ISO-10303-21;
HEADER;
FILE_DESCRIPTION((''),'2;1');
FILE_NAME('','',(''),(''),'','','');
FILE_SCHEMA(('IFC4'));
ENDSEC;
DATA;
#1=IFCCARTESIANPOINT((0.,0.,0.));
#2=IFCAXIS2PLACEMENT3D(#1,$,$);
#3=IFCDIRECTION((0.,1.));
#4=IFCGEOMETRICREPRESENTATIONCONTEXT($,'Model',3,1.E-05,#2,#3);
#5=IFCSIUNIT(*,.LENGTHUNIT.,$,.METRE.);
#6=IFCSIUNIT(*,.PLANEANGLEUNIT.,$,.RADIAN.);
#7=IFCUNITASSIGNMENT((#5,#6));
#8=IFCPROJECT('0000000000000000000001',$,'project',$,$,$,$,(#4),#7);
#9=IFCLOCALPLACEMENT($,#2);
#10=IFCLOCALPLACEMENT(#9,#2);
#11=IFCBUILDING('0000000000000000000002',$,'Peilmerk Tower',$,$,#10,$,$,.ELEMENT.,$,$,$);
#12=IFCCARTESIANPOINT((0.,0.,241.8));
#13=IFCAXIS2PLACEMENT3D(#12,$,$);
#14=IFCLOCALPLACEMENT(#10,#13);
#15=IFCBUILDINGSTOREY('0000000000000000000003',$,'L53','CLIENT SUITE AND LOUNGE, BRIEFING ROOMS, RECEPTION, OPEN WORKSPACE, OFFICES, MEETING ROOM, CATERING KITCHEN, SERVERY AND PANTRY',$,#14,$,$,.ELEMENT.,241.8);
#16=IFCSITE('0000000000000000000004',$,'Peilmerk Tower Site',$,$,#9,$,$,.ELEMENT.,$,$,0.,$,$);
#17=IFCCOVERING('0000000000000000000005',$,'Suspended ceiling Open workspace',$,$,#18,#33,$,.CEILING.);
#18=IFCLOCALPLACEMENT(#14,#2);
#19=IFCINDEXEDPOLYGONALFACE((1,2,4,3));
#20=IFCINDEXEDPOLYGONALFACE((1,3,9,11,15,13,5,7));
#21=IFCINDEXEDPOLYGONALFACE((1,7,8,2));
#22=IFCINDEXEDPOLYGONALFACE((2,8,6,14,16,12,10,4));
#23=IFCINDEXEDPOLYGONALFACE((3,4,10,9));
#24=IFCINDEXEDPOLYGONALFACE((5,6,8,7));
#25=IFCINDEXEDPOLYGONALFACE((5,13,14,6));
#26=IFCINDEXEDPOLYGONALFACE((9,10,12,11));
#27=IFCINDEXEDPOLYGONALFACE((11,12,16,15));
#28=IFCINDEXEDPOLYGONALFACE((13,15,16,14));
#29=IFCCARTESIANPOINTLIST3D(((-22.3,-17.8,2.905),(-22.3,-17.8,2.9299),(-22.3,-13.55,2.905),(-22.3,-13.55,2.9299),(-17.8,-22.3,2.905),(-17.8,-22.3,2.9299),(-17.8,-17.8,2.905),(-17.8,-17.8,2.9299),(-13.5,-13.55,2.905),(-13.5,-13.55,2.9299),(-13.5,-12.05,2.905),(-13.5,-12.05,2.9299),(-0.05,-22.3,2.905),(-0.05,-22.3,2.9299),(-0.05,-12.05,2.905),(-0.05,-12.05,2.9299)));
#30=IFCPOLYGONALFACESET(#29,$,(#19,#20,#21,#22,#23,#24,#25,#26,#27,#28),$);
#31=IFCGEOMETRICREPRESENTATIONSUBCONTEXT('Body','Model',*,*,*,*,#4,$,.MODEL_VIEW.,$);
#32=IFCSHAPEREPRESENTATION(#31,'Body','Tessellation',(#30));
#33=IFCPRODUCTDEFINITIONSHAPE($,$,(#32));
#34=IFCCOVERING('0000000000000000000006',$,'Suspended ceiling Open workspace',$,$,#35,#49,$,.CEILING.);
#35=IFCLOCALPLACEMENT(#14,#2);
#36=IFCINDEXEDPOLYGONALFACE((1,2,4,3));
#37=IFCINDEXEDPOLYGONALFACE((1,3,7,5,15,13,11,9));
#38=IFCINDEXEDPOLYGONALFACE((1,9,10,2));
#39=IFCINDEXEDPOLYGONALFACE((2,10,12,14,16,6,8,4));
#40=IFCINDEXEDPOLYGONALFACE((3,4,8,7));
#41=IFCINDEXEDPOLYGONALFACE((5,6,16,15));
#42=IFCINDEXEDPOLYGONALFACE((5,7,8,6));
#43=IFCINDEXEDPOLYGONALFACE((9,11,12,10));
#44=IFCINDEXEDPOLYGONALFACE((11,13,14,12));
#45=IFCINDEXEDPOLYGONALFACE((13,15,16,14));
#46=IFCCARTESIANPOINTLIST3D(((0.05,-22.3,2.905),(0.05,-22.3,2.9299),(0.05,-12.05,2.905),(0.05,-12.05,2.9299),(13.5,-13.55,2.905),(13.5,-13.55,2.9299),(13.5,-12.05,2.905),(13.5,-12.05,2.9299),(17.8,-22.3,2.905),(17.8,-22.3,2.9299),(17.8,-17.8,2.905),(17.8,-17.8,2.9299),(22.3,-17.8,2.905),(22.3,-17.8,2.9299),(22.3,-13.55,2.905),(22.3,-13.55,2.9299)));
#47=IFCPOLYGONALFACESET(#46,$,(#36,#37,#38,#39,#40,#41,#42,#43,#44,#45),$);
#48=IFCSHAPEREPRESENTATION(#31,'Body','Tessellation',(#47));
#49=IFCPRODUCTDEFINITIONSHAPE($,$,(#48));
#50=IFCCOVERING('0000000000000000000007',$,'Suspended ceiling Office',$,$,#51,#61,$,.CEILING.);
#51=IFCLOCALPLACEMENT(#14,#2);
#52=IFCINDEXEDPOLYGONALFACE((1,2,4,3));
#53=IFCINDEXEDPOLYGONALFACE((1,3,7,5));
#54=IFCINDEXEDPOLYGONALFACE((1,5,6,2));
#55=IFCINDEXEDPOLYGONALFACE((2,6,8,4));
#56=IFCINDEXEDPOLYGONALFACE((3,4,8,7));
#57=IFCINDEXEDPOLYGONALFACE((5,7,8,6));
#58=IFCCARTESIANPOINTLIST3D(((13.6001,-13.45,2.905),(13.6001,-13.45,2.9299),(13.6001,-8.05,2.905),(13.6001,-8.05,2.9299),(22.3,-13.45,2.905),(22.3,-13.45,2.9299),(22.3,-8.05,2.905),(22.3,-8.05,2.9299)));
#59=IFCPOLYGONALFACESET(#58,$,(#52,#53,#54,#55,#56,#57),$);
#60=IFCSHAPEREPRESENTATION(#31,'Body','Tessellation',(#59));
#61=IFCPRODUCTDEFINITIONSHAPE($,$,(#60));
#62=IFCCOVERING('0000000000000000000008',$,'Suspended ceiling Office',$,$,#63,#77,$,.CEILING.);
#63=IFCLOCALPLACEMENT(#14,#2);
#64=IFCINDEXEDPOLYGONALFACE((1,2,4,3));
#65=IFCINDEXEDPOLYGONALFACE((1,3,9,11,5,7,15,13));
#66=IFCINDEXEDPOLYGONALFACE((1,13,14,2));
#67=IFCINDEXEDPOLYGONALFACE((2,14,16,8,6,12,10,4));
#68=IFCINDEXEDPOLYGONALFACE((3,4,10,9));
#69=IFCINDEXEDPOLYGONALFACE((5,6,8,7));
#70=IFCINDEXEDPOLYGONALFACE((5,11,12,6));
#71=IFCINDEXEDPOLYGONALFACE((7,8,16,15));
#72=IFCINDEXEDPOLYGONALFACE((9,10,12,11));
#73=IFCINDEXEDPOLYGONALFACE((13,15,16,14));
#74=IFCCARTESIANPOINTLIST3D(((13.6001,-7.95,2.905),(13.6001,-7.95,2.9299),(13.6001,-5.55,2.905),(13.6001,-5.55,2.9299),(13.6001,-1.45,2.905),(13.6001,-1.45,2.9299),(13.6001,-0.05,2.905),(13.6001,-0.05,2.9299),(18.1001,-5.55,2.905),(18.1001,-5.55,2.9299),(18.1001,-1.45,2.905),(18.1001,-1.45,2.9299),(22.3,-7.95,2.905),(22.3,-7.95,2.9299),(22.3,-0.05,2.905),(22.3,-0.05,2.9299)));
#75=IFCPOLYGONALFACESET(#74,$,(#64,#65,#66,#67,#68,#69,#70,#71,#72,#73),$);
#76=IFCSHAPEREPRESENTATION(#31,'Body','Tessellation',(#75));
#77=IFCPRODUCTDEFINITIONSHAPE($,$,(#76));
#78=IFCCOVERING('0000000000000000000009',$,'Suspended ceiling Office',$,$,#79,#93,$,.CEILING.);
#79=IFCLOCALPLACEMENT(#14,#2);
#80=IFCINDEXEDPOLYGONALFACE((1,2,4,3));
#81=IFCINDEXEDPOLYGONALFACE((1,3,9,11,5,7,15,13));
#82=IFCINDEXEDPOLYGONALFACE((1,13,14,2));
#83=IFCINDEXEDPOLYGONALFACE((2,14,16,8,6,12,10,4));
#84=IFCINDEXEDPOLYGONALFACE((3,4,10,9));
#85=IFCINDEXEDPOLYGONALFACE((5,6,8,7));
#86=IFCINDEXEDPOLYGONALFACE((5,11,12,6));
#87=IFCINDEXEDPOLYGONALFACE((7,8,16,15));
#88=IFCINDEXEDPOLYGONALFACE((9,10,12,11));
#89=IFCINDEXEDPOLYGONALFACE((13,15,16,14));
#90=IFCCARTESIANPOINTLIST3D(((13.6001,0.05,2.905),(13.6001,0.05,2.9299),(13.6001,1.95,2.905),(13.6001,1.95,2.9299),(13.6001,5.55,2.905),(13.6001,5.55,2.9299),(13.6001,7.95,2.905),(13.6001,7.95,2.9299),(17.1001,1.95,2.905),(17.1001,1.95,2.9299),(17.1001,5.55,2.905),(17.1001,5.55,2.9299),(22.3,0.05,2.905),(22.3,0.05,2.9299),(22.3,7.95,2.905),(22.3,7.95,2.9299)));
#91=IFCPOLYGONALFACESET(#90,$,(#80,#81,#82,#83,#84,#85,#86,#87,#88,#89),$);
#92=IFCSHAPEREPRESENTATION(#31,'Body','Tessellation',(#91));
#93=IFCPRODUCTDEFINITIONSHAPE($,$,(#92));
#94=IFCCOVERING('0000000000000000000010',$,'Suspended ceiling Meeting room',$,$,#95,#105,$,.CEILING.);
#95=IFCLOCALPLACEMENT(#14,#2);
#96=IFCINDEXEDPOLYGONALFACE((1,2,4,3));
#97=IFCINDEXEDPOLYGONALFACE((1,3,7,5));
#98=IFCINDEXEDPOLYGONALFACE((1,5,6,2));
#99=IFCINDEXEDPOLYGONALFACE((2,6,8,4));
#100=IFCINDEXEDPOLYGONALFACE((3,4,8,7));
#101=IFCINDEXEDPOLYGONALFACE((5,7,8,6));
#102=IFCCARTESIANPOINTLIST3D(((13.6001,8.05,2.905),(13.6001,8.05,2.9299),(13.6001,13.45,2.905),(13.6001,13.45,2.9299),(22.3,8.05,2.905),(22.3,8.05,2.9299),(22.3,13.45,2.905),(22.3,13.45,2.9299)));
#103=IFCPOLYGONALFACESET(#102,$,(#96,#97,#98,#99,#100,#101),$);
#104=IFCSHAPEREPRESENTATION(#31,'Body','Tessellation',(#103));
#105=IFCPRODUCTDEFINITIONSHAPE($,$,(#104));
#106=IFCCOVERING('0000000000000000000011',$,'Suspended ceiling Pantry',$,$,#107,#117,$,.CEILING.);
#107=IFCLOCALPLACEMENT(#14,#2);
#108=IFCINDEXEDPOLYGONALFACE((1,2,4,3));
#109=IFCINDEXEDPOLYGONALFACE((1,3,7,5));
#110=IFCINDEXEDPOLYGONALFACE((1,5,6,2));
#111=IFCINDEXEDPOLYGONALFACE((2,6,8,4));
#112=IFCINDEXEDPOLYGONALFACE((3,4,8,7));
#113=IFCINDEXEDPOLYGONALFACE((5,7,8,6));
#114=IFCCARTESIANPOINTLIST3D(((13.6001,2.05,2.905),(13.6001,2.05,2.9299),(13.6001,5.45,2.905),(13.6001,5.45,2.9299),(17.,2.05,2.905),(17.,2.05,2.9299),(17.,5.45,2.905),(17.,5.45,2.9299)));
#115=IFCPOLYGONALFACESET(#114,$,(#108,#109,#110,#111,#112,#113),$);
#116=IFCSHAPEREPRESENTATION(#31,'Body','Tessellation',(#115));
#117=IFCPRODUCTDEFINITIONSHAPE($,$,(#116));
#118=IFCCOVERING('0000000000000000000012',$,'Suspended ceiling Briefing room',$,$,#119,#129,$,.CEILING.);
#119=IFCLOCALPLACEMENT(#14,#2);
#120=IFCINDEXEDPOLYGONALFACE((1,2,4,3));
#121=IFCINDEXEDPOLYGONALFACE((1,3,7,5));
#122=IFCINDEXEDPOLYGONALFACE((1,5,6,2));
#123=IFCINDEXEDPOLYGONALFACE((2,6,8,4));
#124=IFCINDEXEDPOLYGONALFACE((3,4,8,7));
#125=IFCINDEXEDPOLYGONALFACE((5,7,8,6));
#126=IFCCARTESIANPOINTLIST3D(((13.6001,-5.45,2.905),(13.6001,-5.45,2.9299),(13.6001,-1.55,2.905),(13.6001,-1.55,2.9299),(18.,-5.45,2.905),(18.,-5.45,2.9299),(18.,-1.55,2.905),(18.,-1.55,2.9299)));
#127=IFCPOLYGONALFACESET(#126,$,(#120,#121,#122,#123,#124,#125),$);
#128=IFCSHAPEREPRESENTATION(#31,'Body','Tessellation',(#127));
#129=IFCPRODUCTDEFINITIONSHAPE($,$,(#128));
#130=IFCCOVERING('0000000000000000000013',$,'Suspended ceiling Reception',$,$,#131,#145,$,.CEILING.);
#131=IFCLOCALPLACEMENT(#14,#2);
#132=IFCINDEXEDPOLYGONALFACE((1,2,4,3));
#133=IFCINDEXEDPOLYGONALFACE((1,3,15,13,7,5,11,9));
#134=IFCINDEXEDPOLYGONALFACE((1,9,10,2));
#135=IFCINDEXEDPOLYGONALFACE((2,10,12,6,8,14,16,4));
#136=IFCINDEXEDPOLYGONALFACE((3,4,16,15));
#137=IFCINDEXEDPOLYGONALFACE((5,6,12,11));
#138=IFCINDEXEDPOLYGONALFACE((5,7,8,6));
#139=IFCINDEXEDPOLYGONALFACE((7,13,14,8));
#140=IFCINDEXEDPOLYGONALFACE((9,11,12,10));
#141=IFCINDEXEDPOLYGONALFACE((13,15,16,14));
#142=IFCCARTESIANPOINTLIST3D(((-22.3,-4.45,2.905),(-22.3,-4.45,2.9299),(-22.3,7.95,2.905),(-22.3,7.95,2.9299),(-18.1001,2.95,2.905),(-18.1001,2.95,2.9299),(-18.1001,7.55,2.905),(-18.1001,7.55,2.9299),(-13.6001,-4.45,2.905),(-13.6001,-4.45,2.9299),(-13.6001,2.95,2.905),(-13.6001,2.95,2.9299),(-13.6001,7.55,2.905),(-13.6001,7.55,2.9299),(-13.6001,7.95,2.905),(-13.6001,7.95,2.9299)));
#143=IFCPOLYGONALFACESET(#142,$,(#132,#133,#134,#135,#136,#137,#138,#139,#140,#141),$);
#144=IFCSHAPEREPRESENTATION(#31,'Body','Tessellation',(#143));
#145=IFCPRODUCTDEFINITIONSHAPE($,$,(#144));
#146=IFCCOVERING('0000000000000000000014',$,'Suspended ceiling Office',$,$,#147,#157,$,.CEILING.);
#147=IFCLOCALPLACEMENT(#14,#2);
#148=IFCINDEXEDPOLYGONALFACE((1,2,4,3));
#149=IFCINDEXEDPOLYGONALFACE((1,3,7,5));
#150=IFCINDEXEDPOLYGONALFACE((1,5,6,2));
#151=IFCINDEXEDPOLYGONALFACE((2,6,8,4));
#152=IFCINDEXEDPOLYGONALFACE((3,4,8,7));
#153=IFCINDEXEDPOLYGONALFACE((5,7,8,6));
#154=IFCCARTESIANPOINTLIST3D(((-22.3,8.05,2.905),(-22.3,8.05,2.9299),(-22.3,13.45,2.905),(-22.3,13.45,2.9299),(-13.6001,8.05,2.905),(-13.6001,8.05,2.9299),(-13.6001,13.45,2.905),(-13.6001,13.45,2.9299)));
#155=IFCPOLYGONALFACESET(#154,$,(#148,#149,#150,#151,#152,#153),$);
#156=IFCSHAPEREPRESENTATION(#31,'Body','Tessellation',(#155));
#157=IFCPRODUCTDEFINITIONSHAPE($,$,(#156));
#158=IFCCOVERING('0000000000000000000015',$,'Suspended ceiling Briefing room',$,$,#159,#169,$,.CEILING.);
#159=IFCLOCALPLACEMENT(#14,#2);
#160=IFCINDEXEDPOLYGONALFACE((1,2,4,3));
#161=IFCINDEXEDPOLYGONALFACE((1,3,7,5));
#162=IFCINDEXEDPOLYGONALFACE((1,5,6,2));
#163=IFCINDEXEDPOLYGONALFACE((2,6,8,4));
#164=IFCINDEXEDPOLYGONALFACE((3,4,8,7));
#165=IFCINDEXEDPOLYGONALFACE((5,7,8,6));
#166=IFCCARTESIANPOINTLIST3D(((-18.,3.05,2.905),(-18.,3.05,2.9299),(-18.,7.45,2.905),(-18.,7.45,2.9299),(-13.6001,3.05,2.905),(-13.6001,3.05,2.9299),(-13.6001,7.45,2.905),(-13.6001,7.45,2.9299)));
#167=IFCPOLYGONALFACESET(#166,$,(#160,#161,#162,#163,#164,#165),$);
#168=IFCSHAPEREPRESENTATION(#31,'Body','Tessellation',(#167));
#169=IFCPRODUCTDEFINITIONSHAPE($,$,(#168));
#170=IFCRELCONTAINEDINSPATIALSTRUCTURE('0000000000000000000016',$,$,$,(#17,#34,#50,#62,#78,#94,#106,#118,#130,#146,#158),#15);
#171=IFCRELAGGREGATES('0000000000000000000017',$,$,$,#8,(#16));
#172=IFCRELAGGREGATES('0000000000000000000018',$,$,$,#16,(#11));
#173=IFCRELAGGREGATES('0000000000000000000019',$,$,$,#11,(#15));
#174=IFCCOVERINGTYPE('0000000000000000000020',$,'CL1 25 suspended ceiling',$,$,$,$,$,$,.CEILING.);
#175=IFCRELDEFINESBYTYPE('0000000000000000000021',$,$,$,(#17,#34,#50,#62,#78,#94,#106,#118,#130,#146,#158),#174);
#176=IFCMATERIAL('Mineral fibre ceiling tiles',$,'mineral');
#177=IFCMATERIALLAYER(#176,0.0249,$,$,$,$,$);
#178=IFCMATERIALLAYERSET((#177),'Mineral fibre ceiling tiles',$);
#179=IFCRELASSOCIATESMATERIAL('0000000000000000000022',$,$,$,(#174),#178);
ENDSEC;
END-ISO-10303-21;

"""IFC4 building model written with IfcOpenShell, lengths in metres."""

from ifc_helpers import new_model, si_unit, direction, frame, origin, place, context, subcontext, project, spatial, polyline, outline, extrude, material, layer, layer_set, type_object, element, save


model = new_model("IFC4")

# Units and contexts
model_context = context("Model", 3, precision=1e-05, world=origin(), true_north=direction((0.0, 1.0)))
body_context = subcontext(model_context, "Body", "Model", "MODEL_VIEW")
ifc_project = project(units=[si_unit("LENGTHUNIT", "METRE"), si_unit("PLANEANGLEUNIT", "RADIAN")], contexts=[model_context])

# Site, building, storey
site_placement = place(None, origin())
site = spatial("IfcSite", under=ifc_project, at=site_placement, Name="Peilmerk Tower Site", CompositionType="ELEMENT", RefElevation=0.0)
building_placement = place(site_placement, origin())
building = spatial("IfcBuilding", under=site, at=building_placement, Name="Peilmerk Tower", CompositionType="ELEMENT")
storey_placement = place(building_placement, frame((0.0, 0.0, 241.8)))
storey = spatial("IfcBuildingStorey", under=building, at=storey_placement, Name="L53", Description="CLIENT SUITE AND LOUNGE, BRIEFING ROOMS, RECEPTION, OPEN WORKSPACE, OFFICES, MEETING ROOM, CATERING KITCHEN, SERVERY AND PANTRY", CompositionType="ELEMENT", Elevation=241.8)

# Coverings
ifc_material_1 = material(Name="Mineral fibre ceiling tiles", Category="mineral")
ifc_layer_1 = layer(ifc_material_1, 0.0249)
ifc_layer_set_1 = layer_set([ifc_layer_1], Name="Mineral fibre ceiling tiles")
covering_type = type_object("IfcCoveringType", Name="CL1 25 suspended ceiling", PredefinedType="CEILING", material=ifc_layer_set_1)
covering_1_placement = place(storey_placement, frame((0.0, 0.0, 2.905)))
element("IfcCovering", 1, at=covering_1_placement, inside=storey, type_object=covering_type, Name="Suspended ceiling Open workspace", PredefinedType="CEILING", context=body_context, shape_type="SweptSolid", body=[
    extrude(outline(polyline([(-17.8, -22.3), (-0.05, -22.3), (-0.05, -12.05), (-13.5, -12.05), (-13.5, -13.55), (-22.3, -13.55), (-22.3, -17.8), (-17.8, -17.8), (-17.8, -22.3)])), origin(), (0.0, 0.0, 1.0), 0.0249),
])
covering_2_placement = place(storey_placement, frame((0.0, 0.0, 2.905)))
element("IfcCovering", 2, at=covering_2_placement, inside=storey, type_object=covering_type, Name="Suspended ceiling Open workspace", PredefinedType="CEILING", context=body_context, shape_type="SweptSolid", body=[
    extrude(outline(polyline([(0.05, -22.3), (17.8, -22.3), (17.8, -17.8), (22.3, -17.8), (22.3, -13.55), (13.5, -13.55), (13.5, -12.05), (0.05, -12.05), (0.05, -22.3)])), origin(), (0.0, 0.0, 1.0), 0.0249),
])
covering_3_placement = place(storey_placement, frame((0.0, 0.0, 2.905)))
element("IfcCovering", 3, at=covering_3_placement, inside=storey, type_object=covering_type, Name="Suspended ceiling Office", PredefinedType="CEILING", context=body_context, shape_type="SweptSolid", body=[
    extrude(outline(polyline([(22.3, -13.45), (22.3, -8.05), (13.6001, -8.05), (13.6001, -13.45), (22.3, -13.45)])), origin(), (0.0, 0.0, 1.0), 0.0249),
])
covering_4_placement = place(storey_placement, frame((0.0, 0.0, 2.905)))
element("IfcCovering", 4, at=covering_4_placement, inside=storey, type_object=covering_type, Name="Suspended ceiling Office", PredefinedType="CEILING", context=body_context, shape_type="SweptSolid", body=[
    extrude(outline(polyline([(13.6001, -7.95), (22.3, -7.95), (22.3, -0.05), (13.6001, -0.05), (13.6001, -1.45), (18.1001, -1.45), (18.1001, -5.55), (13.6001, -5.55), (13.6001, -7.95)])), origin(), (0.0, 0.0, 1.0), 0.0249),
])
covering_5_placement = place(storey_placement, frame((0.0, 0.0, 2.905)))
element("IfcCovering", 5, at=covering_5_placement, inside=storey, type_object=covering_type, Name="Suspended ceiling Office", PredefinedType="CEILING", context=body_context, shape_type="SweptSolid", body=[
    extrude(outline(polyline([(13.6001, 0.05), (22.3, 0.05), (22.3, 7.95), (13.6001, 7.95), (13.6001, 5.55), (17.1001, 5.55), (17.1001, 1.95), (13.6001, 1.95), (13.6001, 0.05)])), origin(), (0.0, 0.0, 1.0), 0.0249),
])
covering_6_placement = place(storey_placement, frame((0.0, 0.0, 2.905)))
element("IfcCovering", 6, at=covering_6_placement, inside=storey, type_object=covering_type, Name="Suspended ceiling Meeting room", PredefinedType="CEILING", context=body_context, shape_type="SweptSolid", body=[
    extrude(outline(polyline([(22.3, 8.05), (22.3, 13.45), (13.6001, 13.45), (13.6001, 8.05), (22.3, 8.05)])), origin(), (0.0, 0.0, 1.0), 0.0249),
])
covering_7_placement = place(storey_placement, frame((0.0, 0.0, 2.905)))
element("IfcCovering", 7, at=covering_7_placement, inside=storey, type_object=covering_type, Name="Suspended ceiling Pantry", PredefinedType="CEILING", context=body_context, shape_type="SweptSolid", body=[
    extrude(outline(polyline([(17.0, 2.05), (17.0, 5.45), (13.6001, 5.45), (13.6001, 2.05), (17.0, 2.05)])), origin(), (0.0, 0.0, 1.0), 0.0249),
])
covering_8_placement = place(storey_placement, frame((0.0, 0.0, 2.905)))
element("IfcCovering", 8, at=covering_8_placement, inside=storey, type_object=covering_type, Name="Suspended ceiling Briefing room", PredefinedType="CEILING", context=body_context, shape_type="SweptSolid", body=[
    extrude(outline(polyline([(18.0, -5.45), (18.0, -1.55), (13.6001, -1.55), (13.6001, -5.45), (18.0, -5.45)])), origin(), (0.0, 0.0, 1.0), 0.0249),
])
covering_9_placement = place(storey_placement, frame((0.0, 0.0, 2.905)))
element("IfcCovering", 9, at=covering_9_placement, inside=storey, type_object=covering_type, Name="Suspended ceiling Reception", PredefinedType="CEILING", context=body_context, shape_type="SweptSolid", body=[
    extrude(outline(polyline([(-13.6001, 7.95), (-22.3, 7.95), (-22.3, -4.45), (-13.6001, -4.45), (-13.6001, 2.95), (-18.1001, 2.95), (-18.1001, 7.55), (-13.6001, 7.55), (-13.6001, 7.95)])), origin(), (0.0, 0.0, 1.0), 0.0249),
])
covering_10_placement = place(storey_placement, frame((0.0, 0.0, 2.905)))
element("IfcCovering", 10, at=covering_10_placement, inside=storey, type_object=covering_type, Name="Suspended ceiling Office", PredefinedType="CEILING", context=body_context, shape_type="SweptSolid", body=[
    extrude(outline(polyline([(-22.3, 13.45), (-22.3, 8.05), (-13.6001, 8.05), (-13.6001, 13.45), (-22.3, 13.45)])), origin(), (0.0, 0.0, 1.0), 0.0249),
])
covering_11_placement = place(storey_placement, frame((0.0, 0.0, 2.905)))
element("IfcCovering", 11, at=covering_11_placement, inside=storey, type_object=covering_type, Name="Suspended ceiling Briefing room", PredefinedType="CEILING", context=body_context, shape_type="SweptSolid", body=[
    extrude(outline(polyline([(-13.6001, 3.05), (-13.6001, 7.45), (-18.0, 7.45), (-18.0, 3.05), (-13.6001, 3.05)])), origin(), (0.0, 0.0, 1.0), 0.0249),
])

save(model, "model.ifc")
